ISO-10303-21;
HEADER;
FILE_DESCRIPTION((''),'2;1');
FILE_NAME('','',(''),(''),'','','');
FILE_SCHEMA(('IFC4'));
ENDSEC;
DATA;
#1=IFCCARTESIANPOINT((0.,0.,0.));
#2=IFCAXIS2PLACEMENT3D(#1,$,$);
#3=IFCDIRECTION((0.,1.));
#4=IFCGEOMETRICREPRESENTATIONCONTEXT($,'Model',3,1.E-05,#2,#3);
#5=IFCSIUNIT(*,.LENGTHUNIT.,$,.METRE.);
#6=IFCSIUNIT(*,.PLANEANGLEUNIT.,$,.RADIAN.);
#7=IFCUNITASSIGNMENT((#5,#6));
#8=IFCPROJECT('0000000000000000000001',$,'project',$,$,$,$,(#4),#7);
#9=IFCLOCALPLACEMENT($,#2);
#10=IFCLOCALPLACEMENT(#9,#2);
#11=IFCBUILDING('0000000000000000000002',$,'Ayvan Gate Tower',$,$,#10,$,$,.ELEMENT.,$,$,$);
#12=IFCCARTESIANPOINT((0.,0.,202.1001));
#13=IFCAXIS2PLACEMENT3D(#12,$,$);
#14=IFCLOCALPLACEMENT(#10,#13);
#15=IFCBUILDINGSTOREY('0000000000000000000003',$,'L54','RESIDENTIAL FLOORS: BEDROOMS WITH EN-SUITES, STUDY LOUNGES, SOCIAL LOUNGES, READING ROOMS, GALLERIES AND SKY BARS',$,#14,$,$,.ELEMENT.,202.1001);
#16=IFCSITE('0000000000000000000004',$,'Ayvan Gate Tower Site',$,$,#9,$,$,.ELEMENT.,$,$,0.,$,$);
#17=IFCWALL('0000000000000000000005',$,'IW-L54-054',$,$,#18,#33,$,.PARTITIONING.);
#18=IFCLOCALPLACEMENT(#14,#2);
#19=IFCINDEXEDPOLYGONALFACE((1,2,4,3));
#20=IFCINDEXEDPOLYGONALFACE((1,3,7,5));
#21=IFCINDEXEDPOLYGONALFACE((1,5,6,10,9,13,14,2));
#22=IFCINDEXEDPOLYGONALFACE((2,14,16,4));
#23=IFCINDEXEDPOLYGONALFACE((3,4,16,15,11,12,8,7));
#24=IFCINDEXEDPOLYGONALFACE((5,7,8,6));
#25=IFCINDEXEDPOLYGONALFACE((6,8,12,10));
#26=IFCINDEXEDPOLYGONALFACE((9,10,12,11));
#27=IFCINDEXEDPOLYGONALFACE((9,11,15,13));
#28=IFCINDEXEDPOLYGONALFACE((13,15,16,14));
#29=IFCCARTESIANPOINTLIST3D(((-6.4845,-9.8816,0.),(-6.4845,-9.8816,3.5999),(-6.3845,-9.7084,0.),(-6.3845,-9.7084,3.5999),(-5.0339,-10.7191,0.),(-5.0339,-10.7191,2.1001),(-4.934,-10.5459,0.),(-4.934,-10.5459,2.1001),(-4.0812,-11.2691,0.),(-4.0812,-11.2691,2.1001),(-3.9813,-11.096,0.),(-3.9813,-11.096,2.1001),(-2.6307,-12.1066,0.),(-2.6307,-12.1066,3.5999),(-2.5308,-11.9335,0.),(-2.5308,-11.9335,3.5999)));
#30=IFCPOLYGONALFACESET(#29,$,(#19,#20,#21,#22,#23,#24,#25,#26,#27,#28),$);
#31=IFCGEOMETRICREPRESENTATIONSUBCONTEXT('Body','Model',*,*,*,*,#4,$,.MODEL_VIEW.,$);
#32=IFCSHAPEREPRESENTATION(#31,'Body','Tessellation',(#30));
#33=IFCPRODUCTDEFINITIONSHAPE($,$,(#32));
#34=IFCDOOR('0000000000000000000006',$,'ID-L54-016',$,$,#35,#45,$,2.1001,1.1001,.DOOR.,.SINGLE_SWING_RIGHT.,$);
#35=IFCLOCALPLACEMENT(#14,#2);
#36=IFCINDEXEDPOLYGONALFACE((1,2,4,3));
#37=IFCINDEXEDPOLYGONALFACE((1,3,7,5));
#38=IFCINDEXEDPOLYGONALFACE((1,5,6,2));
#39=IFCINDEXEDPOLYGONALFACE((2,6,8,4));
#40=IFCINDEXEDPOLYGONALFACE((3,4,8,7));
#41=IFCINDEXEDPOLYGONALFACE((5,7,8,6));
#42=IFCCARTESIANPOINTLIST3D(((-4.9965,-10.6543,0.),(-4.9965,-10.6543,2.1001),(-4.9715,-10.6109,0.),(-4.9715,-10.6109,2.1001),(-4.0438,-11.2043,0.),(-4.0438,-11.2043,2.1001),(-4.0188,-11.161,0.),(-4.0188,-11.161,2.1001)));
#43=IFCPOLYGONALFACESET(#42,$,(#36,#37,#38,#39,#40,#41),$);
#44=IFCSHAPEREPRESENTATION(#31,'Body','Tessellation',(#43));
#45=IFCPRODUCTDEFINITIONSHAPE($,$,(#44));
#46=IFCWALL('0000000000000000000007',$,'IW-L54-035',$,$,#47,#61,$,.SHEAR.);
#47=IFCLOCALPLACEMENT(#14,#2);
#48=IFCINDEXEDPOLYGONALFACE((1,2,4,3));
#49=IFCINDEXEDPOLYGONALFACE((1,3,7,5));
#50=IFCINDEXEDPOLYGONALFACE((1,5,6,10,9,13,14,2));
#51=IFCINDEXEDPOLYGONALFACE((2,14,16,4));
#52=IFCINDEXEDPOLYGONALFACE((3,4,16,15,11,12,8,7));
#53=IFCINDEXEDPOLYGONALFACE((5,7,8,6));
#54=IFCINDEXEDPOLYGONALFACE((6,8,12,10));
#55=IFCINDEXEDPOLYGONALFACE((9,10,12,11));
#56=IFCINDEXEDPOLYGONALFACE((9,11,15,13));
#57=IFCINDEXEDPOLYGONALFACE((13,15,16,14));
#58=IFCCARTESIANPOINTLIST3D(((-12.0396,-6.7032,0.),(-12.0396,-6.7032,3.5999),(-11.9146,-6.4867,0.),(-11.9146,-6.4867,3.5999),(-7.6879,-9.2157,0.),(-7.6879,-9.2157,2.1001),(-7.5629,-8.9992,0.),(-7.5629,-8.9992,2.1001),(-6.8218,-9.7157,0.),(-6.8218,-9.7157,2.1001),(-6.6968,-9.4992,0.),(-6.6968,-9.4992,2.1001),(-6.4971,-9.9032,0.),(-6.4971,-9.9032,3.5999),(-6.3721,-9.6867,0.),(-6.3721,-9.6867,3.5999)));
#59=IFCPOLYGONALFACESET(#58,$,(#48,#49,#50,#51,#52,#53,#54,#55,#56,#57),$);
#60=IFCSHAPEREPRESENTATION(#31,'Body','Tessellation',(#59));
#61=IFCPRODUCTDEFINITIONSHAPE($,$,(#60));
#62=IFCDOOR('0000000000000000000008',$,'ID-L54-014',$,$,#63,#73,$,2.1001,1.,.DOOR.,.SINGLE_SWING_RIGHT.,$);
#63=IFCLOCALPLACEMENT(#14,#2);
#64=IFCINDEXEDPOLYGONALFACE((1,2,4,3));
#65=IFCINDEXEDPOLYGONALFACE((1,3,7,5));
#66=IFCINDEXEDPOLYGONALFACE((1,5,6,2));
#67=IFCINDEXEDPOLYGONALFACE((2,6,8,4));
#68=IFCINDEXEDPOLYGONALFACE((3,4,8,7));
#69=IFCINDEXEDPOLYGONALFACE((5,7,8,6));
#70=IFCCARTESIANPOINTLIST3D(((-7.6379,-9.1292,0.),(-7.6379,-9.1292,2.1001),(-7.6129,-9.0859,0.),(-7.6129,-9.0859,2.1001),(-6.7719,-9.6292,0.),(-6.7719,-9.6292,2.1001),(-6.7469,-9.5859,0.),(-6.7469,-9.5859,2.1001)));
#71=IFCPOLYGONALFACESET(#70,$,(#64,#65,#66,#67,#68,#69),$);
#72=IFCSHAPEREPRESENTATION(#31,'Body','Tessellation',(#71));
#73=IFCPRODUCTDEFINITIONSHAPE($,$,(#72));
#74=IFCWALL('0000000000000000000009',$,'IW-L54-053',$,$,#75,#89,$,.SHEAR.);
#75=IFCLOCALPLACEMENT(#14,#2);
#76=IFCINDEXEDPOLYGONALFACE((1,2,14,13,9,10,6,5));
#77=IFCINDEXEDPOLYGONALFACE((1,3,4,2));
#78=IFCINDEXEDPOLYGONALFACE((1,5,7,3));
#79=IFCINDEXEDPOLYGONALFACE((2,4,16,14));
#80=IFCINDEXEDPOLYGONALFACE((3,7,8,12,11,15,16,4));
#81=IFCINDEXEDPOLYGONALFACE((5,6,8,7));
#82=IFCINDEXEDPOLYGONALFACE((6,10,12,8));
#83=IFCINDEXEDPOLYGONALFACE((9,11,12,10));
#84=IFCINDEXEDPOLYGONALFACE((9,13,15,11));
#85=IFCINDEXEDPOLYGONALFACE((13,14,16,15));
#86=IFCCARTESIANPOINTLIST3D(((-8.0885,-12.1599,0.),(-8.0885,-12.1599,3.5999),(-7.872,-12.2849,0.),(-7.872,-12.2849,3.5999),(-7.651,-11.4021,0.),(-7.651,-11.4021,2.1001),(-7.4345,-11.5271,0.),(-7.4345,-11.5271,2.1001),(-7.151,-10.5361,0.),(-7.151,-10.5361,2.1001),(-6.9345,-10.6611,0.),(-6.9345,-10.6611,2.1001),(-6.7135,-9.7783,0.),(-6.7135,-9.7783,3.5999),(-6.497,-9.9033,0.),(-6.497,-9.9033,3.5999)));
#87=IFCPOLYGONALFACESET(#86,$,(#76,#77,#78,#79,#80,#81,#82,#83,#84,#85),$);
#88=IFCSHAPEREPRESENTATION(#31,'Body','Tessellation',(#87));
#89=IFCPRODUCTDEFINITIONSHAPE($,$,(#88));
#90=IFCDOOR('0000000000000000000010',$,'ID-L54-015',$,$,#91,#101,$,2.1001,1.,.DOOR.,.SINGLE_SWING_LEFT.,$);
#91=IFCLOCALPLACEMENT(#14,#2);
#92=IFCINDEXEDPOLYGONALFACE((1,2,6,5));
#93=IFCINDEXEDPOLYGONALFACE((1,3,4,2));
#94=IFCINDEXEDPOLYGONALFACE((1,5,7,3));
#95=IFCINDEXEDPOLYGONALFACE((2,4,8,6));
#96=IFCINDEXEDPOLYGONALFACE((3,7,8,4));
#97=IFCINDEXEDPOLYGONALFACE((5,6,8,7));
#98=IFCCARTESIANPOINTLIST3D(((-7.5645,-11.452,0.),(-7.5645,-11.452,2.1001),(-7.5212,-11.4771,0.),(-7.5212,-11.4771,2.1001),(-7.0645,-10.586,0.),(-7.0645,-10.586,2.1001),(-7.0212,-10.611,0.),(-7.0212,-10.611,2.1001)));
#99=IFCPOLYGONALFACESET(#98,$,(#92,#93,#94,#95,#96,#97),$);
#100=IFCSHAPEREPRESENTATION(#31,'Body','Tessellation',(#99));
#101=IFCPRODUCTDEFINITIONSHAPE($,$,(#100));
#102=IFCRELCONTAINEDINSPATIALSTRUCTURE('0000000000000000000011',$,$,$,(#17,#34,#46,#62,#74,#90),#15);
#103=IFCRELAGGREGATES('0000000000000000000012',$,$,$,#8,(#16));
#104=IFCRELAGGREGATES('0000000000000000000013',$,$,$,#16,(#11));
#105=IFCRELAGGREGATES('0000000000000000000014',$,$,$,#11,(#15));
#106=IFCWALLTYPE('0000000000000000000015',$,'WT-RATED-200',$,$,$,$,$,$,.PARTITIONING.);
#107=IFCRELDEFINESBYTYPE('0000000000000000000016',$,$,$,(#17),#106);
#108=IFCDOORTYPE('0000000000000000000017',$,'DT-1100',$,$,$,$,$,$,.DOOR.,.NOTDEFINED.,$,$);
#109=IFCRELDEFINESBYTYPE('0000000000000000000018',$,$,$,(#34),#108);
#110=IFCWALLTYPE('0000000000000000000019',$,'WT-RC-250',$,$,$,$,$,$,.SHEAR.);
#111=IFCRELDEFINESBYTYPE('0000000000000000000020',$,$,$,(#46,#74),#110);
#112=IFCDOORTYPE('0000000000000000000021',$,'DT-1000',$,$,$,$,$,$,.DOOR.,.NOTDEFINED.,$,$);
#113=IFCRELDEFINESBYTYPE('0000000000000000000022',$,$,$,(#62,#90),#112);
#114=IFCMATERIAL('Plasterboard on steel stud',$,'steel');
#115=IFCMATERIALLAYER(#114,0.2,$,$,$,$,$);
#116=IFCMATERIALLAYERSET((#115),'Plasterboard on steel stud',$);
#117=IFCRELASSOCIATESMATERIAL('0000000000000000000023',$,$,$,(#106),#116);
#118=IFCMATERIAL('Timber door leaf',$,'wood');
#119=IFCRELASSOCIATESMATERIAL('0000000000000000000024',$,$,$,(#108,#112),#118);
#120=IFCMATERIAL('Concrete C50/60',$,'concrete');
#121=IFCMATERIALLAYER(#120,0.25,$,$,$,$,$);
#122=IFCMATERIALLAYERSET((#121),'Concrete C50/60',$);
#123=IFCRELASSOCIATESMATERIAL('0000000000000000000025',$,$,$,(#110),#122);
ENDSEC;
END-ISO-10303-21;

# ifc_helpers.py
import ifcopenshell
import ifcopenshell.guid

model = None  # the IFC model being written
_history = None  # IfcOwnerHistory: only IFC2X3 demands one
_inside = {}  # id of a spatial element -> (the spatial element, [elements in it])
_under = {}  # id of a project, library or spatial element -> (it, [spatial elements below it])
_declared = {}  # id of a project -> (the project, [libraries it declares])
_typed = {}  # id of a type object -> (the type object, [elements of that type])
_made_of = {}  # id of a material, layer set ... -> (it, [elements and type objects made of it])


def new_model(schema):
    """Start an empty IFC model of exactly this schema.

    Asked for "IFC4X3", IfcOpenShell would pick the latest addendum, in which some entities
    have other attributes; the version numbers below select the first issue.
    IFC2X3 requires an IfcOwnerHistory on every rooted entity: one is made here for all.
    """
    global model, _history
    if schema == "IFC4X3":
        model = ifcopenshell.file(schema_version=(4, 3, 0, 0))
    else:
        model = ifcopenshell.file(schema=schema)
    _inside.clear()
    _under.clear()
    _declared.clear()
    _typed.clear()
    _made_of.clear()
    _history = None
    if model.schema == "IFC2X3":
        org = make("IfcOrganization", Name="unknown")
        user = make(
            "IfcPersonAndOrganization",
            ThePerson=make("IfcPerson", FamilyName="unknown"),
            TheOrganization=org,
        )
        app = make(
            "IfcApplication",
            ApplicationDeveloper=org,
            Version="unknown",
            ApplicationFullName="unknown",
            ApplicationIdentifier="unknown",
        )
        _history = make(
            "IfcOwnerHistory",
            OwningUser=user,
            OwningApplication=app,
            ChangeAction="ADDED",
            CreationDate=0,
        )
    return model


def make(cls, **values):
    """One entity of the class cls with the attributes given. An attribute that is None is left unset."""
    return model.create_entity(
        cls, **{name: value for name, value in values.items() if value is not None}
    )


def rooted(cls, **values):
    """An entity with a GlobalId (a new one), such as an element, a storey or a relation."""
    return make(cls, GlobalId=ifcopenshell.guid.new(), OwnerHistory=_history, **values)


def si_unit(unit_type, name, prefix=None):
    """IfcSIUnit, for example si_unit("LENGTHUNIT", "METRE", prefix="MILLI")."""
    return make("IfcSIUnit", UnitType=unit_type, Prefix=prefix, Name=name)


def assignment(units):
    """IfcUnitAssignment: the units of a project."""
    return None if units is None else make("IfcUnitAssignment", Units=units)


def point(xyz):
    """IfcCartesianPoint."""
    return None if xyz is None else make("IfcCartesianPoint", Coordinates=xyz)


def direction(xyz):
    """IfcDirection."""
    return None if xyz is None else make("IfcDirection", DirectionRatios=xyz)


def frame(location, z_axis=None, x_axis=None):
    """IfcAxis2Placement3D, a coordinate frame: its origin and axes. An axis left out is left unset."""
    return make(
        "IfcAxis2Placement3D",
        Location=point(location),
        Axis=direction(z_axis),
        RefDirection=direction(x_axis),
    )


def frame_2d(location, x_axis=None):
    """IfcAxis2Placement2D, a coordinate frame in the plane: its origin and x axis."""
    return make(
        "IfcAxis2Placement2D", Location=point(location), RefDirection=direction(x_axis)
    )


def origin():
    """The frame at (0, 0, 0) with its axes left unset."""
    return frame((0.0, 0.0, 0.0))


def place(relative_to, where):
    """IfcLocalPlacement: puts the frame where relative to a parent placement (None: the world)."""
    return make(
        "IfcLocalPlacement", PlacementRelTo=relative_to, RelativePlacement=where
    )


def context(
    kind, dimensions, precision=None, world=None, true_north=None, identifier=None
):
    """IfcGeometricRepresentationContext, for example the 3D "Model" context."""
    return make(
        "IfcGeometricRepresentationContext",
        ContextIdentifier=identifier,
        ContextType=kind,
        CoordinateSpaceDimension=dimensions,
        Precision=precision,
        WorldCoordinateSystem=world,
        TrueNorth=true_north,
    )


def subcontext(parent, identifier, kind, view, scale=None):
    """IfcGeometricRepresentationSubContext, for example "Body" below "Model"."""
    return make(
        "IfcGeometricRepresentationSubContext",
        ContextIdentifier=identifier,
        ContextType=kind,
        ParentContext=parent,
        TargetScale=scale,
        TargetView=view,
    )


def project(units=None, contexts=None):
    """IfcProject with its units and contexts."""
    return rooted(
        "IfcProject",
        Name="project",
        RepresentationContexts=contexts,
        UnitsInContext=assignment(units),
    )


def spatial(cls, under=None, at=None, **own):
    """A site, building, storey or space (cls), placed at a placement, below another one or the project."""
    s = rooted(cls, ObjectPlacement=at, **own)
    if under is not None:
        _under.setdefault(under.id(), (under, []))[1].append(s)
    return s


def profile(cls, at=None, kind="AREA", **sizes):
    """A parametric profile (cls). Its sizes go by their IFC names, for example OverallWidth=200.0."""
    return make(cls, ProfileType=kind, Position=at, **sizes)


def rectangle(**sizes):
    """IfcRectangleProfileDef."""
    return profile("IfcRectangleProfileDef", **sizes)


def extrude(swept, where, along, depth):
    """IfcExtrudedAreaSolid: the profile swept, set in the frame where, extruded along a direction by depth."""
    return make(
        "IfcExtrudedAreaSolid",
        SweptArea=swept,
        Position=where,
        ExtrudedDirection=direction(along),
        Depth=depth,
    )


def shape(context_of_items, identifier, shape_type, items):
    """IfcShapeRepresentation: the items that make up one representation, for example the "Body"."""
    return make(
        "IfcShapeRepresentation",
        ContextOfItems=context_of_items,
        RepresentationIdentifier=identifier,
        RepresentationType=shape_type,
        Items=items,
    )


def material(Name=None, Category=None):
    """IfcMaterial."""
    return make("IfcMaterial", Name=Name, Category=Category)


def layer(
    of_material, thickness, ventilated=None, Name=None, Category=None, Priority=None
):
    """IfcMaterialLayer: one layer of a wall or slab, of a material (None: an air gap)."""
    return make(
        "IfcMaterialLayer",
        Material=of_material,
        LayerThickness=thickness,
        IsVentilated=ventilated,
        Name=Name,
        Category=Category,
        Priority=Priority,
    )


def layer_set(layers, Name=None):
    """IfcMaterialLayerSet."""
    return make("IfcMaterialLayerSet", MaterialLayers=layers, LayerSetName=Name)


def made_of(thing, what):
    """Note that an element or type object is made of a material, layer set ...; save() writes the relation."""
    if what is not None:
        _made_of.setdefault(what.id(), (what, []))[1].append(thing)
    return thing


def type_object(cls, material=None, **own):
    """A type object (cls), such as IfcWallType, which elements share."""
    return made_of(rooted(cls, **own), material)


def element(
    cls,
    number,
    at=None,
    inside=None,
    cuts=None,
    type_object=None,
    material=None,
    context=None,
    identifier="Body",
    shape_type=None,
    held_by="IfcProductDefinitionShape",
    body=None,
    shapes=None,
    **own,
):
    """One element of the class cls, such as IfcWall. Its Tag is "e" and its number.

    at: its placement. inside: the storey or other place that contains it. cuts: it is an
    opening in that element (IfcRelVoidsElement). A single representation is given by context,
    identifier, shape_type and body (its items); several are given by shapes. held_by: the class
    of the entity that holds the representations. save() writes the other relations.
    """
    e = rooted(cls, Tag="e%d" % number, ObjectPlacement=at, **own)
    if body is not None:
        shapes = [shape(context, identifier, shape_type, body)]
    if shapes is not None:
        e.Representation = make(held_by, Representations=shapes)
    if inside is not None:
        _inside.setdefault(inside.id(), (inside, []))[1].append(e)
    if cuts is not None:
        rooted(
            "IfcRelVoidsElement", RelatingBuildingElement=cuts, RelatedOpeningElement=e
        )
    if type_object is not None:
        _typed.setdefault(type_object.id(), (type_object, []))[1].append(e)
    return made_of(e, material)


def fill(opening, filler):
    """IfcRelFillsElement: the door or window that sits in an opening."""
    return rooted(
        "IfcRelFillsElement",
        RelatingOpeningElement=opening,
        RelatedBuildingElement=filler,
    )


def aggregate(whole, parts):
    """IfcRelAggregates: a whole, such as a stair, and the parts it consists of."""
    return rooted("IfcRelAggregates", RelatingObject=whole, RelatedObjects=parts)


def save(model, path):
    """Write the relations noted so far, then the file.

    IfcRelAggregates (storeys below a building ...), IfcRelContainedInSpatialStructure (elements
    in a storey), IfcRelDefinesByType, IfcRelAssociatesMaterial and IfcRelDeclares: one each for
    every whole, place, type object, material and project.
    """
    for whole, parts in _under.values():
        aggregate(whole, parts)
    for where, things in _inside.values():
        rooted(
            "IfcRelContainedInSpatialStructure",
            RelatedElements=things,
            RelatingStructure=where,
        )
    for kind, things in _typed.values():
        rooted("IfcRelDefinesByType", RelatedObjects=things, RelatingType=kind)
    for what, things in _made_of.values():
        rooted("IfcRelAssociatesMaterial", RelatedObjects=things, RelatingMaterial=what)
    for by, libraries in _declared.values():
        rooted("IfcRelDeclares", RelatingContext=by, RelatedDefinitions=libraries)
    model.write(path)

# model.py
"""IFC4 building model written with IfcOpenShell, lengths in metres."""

from ifc_helpers import new_model, si_unit, direction, frame, frame_2d, origin, place, context, subcontext, project, spatial, rectangle, extrude, material, layer, layer_set, type_object, element, fill, save


model = new_model("IFC4")

# Units and contexts
model_context = context("Model", 3, precision=1e-05, world=origin(), true_north=direction((0.0, 1.0)))
body_context = subcontext(model_context, "Body", "Model", "MODEL_VIEW")
ifc_project = project(units=[si_unit("LENGTHUNIT", "METRE"), si_unit("PLANEANGLEUNIT", "RADIAN")], contexts=[model_context])

# Site, building, storey
site_placement = place(None, origin())
site = spatial("IfcSite", under=ifc_project, at=site_placement, Name="Ayvan Gate Tower Site", CompositionType="ELEMENT", RefElevation=0.0)
building_placement = place(site_placement, origin())
building = spatial("IfcBuilding", under=site, at=building_placement, Name="Ayvan Gate Tower", CompositionType="ELEMENT")
storey_placement = place(building_placement, frame((0.0, 0.0, 202.1001)))
storey = spatial("IfcBuildingStorey", under=building, at=storey_placement, Name="L54", Description="RESIDENTIAL FLOORS: BEDROOMS WITH EN-SUITES, STUDY LOUNGES, SOCIAL LOUNGES, READING ROOMS, GALLERIES AND SKY BARS", CompositionType="ELEMENT", Elevation=202.1001)

# Shared definitions
ifc_material_1 = material(Name="Timber door leaf", Category="wood")

# Shared definitions
ifc_material_2 = material(Name="Plasterboard on steel stud", Category="steel")
ifc_layer_1 = layer(ifc_material_2, 0.2)
ifc_layer_set_1 = layer_set([ifc_layer_1], Name="Plasterboard on steel stud")
wall_type_1 = type_object("IfcWallType", Name="WT-RATED-200", PredefinedType="PARTITIONING", material=ifc_layer_set_1)

# Walls, openings, doors
wall_1_placement = place(storey_placement, frame((-6.4346, -9.7949, 0.0), z_axis=(0.0, 0.0, 1.0), x_axis=(0.866013, -0.500022, 0.0)))
wall_1 = element("IfcWall", 1, at=wall_1_placement, inside=storey, type_object=wall_type_1, Name="IW-L54-054", PredefinedType="PARTITIONING", context=body_context, shape_type="SweptSolid", body=[
    extrude(rectangle(XDim=4.45, YDim=0.2, at=frame_2d((2.2251, 0.0))), origin(), (0.0, 0.0, 1.0), 3.5999),
])
opening_1_placement = place(wall_1_placement, frame((1.675, 0.0, 0.0)))
opening_1 = element("IfcOpeningElement", 2, at=opening_1_placement, cuts=wall_1, PredefinedType="OPENING", context=body_context, shape_type="SweptSolid", body=[
    extrude(rectangle(XDim=1.1001, YDim=2.1001, at=frame_2d((0.55, 1.05))), frame((0.0, 0.1099, 0.0), z_axis=(0.0, -1.0, 0.0), x_axis=(1.0, 0.0, 0.0)), (0.0, 0.0, 1.0), 0.22),
])
door_type_1 = type_object("IfcDoorType", Name="DT-1100", OperationType="NOTDEFINED", PredefinedType="DOOR", material=ifc_material_1)
door_1_placement = place(opening_1_placement, origin())
door_1 = element("IfcDoor", 3, at=door_1_placement, inside=storey, type_object=door_type_1, Name="ID-L54-016", OperationType="SINGLE_SWING_RIGHT", OverallHeight=2.1001, OverallWidth=1.1001, PredefinedType="DOOR", context=body_context, shape_type="SweptSolid", body=[
    extrude(rectangle(XDim=1.1001, YDim=2.1001, at=frame_2d((0.55, 1.05))), frame((0.0, 0.0249, 0.0), z_axis=(0.0, -1.0, 0.0), x_axis=(1.0, 0.0, 0.0)), (0.0, 0.0, 1.0), 0.05),
])
fill(opening_1, door_1)
ifc_material_3 = material(Name="Concrete C50/60", Category="concrete")
ifc_layer_2 = layer(ifc_material_3, 0.25)
ifc_layer_set_2 = layer_set([ifc_layer_2], Name="Concrete C50/60")
wall_type_2 = type_object("IfcWallType", Name="WT-RC-250", PredefinedType="SHEAR", material=ifc_layer_set_2)
wall_2_placement = place(storey_placement, frame((-11.9771, -6.595, 0.0), z_axis=(0.0, 0.0, 1.0), x_axis=(0.866025, -0.5, 0.0)))
wall_2 = element("IfcWall", 4, at=wall_2_placement, inside=storey, type_object=wall_type_2, Name="IW-L54-035", PredefinedType="SHEAR", context=body_context, shape_type="SweptSolid", body=[
    extrude(rectangle(XDim=6.3999, YDim=0.25, at=frame_2d((3.2, 0.0))), origin(), (0.0, 0.0, 1.0), 3.5999),
])
opening_2_placement = place(wall_2_placement, frame((5.0249, 0.0, 0.0)))
opening_2 = element("IfcOpeningElement", 5, at=opening_2_placement, cuts=wall_2, PredefinedType="OPENING", context=body_context, shape_type="SweptSolid", body=[
    extrude(rectangle(XDim=1.0, YDim=2.1001, at=frame_2d((0.5, 1.05))), frame((0.0, 0.135, 0.0), z_axis=(0.0, -1.0, 0.0), x_axis=(1.0, 0.0, 0.0)), (0.0, 0.0, 1.0), 0.27),
])
door_type_2 = type_object("IfcDoorType", Name="DT-1000", OperationType="NOTDEFINED", PredefinedType="DOOR", material=ifc_material_1)
door_2_placement = place(opening_2_placement, origin())
door_2 = element("IfcDoor", 6, at=door_2_placement, inside=storey, type_object=door_type_2, Name="ID-L54-014", OperationType="SINGLE_SWING_RIGHT", OverallHeight=2.1001, OverallWidth=1.0, PredefinedType="DOOR", context=body_context, shape_type="SweptSolid", body=[
    extrude(rectangle(XDim=1.0, YDim=2.1001, at=frame_2d((0.5, 1.05))), frame((0.0, 0.0249, 0.0), z_axis=(0.0, -1.0, 0.0), x_axis=(1.0, 0.0, 0.0)), (0.0, 0.0, 1.0), 0.05),
])
fill(opening_2, door_2)
wall_3_placement = place(storey_placement, frame((-6.6052, -9.8408, 0.0), z_axis=(0.0, 0.0, 1.0), x_axis=(-0.499997, -0.866027, 0.0)))
wall_3 = element("IfcWall", 7, at=wall_3_placement, inside=storey, type_object=wall_type_2, Name="IW-L54-053", PredefinedType="SHEAR", context=body_context, shape_type="SweptSolid", body=[
    extrude(rectangle(XDim=2.75, YDim=0.25, at=frame_2d((1.375, 0.0))), origin(), (0.0, 0.0, 1.0), 3.5999),
])
opening_3_placement = place(wall_3_placement, frame((0.875, 0.0, 0.0)))
opening_3 = element("IfcOpeningElement", 8, at=opening_3_placement, cuts=wall_3, PredefinedType="OPENING", context=body_context, shape_type="SweptSolid", body=[
    extrude(rectangle(XDim=1.0, YDim=2.1001, at=frame_2d((0.5, 1.05))), frame((0.0, 0.135, 0.0), z_axis=(0.0, -1.0, 0.0), x_axis=(1.0, 0.0, 0.0)), (0.0, 0.0, 1.0), 0.27),
])
door_3_placement = place(opening_3_placement, origin())
door_3 = element("IfcDoor", 9, at=door_3_placement, inside=storey, type_object=door_type_2, Name="ID-L54-015", OperationType="SINGLE_SWING_LEFT", OverallHeight=2.1001, OverallWidth=1.0, PredefinedType="DOOR", context=body_context, shape_type="SweptSolid", body=[
    extrude(rectangle(XDim=1.0, YDim=2.1001, at=frame_2d((0.5, 1.05))), frame((0.0, 0.0249, 0.0), z_axis=(0.0, -1.0, 0.0), x_axis=(1.0, 0.0, 0.0)), (0.0, 0.0, 1.0), 0.05),
])
fill(opening_3, door_3)

save(model, "model.ifc")
